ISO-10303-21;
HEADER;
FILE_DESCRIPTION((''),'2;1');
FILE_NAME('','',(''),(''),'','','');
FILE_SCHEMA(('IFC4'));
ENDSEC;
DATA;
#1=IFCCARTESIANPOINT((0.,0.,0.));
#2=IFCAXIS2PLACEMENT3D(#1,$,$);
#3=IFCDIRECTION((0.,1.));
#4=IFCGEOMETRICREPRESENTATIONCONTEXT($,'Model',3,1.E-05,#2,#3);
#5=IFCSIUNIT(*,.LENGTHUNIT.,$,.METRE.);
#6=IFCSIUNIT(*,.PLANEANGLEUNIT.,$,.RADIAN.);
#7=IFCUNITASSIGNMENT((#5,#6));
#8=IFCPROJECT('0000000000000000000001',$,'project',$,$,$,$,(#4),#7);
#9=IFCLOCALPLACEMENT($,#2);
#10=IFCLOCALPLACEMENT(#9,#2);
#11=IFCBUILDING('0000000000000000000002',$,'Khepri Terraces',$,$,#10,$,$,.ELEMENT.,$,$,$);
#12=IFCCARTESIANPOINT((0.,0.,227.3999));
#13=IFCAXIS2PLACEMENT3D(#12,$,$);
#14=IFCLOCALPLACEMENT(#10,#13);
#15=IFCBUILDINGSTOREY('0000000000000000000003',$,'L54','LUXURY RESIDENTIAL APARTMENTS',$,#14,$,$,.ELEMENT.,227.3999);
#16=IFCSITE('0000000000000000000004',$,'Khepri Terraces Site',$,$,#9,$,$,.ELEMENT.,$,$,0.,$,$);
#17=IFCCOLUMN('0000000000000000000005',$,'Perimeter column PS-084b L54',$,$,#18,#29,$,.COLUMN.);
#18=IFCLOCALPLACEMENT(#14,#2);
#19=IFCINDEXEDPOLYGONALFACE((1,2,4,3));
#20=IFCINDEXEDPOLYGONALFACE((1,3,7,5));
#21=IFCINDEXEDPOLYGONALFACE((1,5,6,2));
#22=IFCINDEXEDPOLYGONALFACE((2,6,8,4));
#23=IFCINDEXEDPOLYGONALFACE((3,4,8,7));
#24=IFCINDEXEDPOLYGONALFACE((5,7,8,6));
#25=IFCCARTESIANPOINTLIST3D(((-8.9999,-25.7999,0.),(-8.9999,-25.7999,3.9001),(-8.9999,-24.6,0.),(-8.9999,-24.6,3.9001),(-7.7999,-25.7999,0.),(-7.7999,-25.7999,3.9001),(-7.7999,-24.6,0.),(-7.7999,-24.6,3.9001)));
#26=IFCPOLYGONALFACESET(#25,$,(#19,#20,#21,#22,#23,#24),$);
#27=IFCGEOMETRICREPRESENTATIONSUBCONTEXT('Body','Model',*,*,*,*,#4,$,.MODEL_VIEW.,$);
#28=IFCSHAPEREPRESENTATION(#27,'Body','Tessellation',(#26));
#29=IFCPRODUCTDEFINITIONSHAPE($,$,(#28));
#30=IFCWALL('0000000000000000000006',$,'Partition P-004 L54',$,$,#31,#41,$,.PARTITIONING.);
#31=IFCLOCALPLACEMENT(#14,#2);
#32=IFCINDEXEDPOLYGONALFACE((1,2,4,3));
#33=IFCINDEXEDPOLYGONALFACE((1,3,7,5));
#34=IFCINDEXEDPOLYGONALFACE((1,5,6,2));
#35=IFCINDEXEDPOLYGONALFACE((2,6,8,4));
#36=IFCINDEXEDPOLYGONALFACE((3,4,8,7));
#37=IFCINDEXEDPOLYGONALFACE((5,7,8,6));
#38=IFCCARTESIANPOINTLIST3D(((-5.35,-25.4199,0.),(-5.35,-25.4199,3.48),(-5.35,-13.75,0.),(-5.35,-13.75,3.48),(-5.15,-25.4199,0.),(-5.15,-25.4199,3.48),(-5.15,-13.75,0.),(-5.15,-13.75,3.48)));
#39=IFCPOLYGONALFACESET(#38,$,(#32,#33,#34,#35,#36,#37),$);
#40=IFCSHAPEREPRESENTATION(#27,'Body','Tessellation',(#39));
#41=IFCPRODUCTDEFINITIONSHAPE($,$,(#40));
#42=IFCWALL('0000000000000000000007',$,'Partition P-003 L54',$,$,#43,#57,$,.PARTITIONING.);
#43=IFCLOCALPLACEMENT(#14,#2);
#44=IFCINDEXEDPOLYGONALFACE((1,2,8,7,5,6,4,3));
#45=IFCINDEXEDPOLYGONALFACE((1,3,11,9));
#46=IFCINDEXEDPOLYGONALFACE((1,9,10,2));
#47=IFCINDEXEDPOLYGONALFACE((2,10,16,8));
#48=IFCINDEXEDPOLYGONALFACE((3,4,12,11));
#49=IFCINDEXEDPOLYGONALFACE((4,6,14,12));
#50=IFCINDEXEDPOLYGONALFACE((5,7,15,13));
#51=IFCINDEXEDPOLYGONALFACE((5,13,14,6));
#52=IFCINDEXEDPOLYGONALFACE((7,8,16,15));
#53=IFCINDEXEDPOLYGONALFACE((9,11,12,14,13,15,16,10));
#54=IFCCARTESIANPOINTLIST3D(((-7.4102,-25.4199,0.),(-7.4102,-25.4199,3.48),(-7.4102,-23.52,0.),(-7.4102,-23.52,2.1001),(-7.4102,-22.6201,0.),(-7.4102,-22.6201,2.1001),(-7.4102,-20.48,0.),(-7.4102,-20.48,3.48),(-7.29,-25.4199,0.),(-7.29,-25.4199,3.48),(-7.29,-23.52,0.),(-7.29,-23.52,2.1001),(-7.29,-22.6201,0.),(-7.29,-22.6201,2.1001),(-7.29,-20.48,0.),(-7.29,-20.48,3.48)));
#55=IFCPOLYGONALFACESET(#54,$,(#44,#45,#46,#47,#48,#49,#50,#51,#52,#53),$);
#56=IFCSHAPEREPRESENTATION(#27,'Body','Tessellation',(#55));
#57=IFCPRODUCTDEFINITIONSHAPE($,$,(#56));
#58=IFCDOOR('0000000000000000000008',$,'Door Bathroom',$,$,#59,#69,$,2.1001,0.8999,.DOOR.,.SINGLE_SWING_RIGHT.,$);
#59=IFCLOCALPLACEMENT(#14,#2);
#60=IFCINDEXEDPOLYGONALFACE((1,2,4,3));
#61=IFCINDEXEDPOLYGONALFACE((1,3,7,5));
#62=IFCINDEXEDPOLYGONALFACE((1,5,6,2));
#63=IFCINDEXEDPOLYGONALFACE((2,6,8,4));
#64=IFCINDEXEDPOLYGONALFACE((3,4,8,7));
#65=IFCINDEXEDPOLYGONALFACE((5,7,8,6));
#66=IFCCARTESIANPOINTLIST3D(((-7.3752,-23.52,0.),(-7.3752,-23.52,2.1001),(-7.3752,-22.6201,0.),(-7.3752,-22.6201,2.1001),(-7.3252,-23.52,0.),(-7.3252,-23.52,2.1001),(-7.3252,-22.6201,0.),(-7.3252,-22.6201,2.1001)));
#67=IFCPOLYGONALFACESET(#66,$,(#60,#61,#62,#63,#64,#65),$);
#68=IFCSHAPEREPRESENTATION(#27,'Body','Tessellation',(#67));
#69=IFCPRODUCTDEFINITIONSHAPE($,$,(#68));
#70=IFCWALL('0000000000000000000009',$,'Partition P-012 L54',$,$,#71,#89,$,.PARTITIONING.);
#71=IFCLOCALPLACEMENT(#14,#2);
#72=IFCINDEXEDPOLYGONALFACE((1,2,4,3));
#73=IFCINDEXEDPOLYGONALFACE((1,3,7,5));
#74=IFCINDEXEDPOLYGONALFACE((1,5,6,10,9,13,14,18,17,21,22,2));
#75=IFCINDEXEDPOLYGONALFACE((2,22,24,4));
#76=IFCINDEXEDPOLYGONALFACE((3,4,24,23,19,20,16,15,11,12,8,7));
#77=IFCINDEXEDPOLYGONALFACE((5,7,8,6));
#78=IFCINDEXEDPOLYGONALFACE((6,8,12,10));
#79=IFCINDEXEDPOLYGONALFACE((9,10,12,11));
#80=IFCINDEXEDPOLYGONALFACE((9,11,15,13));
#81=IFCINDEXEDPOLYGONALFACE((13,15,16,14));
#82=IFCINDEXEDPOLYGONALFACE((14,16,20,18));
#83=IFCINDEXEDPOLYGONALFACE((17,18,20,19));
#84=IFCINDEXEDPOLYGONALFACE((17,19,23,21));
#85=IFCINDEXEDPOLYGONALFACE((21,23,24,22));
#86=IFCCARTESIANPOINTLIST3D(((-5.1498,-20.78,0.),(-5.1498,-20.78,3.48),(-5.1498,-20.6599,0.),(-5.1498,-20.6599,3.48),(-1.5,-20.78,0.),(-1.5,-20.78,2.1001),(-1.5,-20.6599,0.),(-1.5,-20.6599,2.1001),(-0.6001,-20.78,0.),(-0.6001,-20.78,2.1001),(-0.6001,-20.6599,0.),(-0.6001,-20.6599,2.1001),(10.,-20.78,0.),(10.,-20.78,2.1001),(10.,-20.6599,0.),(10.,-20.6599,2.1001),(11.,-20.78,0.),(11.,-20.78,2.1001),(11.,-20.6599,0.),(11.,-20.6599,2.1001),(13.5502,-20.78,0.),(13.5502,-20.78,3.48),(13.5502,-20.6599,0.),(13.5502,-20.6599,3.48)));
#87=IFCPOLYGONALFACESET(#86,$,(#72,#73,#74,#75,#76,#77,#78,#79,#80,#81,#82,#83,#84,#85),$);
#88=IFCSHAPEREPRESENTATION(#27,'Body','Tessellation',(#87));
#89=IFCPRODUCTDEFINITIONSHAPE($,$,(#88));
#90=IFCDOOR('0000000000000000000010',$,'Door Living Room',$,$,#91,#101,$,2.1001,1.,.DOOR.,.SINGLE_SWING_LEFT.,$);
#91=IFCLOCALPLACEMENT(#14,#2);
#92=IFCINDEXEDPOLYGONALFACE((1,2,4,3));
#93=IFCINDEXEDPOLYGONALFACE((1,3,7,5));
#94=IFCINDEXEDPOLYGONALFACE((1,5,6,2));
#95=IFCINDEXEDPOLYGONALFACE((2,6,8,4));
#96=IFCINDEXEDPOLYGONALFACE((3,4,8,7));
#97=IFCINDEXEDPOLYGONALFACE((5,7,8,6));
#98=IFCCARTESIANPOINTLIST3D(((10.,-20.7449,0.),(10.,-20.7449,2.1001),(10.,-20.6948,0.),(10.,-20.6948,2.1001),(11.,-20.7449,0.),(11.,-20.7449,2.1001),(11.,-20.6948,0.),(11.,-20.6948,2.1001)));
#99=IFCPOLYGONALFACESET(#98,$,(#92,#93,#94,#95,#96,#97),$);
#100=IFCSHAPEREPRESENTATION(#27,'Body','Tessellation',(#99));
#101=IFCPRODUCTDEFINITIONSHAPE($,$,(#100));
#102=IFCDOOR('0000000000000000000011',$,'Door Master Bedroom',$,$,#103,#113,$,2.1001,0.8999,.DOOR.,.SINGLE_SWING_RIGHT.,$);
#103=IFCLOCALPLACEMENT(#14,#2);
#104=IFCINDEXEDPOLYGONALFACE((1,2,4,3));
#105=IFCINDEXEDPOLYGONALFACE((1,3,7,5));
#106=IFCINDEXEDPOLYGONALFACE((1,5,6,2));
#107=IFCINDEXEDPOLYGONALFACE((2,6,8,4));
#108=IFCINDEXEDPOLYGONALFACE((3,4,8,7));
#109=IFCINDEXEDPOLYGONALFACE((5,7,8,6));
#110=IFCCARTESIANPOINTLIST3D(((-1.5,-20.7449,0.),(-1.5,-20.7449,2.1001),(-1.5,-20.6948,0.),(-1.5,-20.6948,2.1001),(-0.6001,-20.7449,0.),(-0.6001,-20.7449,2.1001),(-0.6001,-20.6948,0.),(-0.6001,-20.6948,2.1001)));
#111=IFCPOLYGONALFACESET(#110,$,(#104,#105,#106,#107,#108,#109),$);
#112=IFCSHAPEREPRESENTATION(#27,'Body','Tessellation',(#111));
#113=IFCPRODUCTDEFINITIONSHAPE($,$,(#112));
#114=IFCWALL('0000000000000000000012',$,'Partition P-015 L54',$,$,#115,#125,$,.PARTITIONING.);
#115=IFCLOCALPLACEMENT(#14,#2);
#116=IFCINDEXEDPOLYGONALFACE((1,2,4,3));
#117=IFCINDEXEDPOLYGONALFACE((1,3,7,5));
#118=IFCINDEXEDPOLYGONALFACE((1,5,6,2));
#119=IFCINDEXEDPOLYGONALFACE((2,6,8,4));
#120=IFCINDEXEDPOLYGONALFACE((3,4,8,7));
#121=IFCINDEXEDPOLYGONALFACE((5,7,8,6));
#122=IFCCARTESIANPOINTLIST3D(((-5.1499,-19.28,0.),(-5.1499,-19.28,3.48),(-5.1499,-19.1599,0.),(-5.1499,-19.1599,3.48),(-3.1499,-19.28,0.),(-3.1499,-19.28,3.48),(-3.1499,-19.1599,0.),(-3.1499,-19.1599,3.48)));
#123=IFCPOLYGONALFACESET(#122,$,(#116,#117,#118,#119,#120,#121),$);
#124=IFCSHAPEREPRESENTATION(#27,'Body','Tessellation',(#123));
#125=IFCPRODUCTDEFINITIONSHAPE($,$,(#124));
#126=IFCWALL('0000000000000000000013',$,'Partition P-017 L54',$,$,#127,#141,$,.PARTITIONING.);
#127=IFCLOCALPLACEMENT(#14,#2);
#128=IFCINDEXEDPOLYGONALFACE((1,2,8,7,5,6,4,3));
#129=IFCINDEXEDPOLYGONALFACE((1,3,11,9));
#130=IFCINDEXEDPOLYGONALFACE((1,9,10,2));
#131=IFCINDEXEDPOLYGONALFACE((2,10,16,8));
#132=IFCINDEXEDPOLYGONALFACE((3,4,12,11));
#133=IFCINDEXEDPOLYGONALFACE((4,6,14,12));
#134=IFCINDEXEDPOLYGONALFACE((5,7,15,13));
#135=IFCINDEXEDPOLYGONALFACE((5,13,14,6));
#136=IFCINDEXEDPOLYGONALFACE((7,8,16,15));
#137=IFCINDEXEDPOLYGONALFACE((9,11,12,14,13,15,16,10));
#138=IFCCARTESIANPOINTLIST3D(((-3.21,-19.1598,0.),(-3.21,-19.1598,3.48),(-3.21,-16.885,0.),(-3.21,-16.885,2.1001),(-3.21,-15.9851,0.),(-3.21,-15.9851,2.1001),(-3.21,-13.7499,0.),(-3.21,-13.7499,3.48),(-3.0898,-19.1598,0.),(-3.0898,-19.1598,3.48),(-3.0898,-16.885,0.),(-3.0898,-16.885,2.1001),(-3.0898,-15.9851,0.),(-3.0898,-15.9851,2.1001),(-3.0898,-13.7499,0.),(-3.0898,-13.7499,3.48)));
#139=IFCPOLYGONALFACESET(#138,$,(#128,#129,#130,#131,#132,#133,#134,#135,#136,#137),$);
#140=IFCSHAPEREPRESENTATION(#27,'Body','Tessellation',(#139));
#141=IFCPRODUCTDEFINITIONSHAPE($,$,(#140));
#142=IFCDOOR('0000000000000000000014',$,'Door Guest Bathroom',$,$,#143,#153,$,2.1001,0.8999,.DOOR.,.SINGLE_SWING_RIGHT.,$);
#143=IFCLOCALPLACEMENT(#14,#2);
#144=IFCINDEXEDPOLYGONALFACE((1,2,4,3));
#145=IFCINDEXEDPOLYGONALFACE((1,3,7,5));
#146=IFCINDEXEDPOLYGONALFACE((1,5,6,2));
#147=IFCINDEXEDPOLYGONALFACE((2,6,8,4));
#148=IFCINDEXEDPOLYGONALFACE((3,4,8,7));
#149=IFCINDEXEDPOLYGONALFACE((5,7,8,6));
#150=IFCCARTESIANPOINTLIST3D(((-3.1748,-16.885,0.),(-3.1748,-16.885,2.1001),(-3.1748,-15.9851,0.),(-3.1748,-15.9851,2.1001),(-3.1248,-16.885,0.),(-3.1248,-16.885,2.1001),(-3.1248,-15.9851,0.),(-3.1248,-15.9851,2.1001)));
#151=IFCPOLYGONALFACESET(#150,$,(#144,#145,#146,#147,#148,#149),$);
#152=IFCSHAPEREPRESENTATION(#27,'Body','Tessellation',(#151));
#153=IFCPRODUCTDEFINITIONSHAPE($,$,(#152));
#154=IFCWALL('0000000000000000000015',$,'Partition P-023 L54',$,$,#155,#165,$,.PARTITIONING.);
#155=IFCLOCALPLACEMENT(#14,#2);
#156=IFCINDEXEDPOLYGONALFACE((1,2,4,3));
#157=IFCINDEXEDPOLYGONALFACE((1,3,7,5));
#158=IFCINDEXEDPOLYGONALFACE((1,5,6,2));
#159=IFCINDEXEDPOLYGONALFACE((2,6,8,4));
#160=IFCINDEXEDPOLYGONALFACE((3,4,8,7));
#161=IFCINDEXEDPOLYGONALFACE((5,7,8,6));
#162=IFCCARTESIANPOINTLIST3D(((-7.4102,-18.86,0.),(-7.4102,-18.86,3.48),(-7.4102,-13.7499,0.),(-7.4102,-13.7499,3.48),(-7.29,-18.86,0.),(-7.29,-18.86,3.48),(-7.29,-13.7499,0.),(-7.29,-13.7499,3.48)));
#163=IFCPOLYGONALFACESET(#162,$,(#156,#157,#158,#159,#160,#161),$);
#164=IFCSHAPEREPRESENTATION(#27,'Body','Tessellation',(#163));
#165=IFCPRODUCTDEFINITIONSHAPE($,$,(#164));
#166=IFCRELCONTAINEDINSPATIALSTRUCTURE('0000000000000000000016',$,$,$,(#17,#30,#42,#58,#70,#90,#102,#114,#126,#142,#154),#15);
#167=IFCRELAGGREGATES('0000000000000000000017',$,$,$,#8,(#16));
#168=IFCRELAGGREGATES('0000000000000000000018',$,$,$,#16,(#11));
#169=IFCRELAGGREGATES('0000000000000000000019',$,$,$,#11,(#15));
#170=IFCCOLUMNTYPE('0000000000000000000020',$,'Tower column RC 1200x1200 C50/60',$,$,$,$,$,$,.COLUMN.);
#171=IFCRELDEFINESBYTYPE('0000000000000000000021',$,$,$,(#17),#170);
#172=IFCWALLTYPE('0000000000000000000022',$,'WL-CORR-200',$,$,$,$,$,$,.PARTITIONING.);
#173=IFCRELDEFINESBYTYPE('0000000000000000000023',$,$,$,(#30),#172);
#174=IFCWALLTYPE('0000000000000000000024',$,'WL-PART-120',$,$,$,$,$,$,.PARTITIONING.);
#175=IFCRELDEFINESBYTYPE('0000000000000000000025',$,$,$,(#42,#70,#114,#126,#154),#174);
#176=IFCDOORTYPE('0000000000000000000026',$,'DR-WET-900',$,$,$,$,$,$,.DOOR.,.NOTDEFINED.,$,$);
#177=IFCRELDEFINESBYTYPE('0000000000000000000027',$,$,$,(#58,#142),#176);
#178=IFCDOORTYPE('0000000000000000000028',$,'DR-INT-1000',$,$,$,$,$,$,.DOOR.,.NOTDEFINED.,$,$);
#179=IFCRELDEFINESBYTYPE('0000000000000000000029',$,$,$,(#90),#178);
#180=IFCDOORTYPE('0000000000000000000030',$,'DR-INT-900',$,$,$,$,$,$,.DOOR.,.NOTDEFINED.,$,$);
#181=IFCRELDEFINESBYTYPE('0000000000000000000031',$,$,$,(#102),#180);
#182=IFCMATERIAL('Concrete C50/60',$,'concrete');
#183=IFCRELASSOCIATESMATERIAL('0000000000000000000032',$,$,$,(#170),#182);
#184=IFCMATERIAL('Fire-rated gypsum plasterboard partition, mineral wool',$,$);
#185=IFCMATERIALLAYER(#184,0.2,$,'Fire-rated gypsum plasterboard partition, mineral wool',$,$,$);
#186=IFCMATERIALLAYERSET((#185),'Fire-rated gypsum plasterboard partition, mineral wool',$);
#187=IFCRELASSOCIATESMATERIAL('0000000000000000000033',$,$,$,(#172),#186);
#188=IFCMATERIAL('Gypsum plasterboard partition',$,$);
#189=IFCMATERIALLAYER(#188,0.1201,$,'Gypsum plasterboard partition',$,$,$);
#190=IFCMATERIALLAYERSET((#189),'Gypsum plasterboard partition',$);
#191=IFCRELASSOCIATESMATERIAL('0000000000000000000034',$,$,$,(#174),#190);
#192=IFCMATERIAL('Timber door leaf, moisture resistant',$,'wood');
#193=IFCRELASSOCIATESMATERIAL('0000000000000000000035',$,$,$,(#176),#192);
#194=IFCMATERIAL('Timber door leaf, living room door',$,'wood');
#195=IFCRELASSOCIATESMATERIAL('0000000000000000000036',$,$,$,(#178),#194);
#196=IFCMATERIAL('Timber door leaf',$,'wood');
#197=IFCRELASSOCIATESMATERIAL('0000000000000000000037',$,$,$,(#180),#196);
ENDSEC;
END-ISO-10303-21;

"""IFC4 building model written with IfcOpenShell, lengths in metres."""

from ifc_helpers import new_model, si_unit, direction, frame, frame_2d, origin, origin_2d, place, context, subcontext, project, spatial, rectangle, extrude, material, layer, layer_set, material_profile, profile_set, type_object, element, fill, save


model = new_model("IFC4")

# Units and contexts
model_context = context("Model", 3, precision=1e-05, world=origin(), true_north=direction((0.0, 1.0)))
body_context = subcontext(model_context, "Body", "Model", "MODEL_VIEW")
ifc_project = project(units=[si_unit("LENGTHUNIT", "METRE"), si_unit("PLANEANGLEUNIT", "RADIAN")], contexts=[model_context])

# Site, building, storey
site_placement = place(None, origin())
site = spatial("IfcSite", under=ifc_project, at=site_placement, Name="Khepri Terraces Site", CompositionType="ELEMENT", RefElevation=0.0)
building_placement = place(site_placement, origin())
building = spatial("IfcBuilding", under=site, at=building_placement, Name="Khepri Terraces", CompositionType="ELEMENT")
storey_placement = place(building_placement, frame((0.0, 0.0, 227.3999)))
storey = spatial("IfcBuildingStorey", under=building, at=storey_placement, Name="L54", Description="LUXURY RESIDENTIAL APARTMENTS", CompositionType="ELEMENT", Elevation=227.3999)

# Column
ifc_material_1 = material(Name="Concrete C50/60", Category="concrete")
ifc_material_profile = material_profile(ifc_material_1, rectangle(XDim=1.2, YDim=1.2, at=origin_2d()), Name="Concrete C50/60", Category="concrete")
ifc_profile_set = profile_set([ifc_material_profile], Name="Concrete C50/60")
column_type = type_object("IfcColumnType", Name="Tower column RC 1200x1200 C50/60", PredefinedType="COLUMN", material=ifc_profile_set)
column_placement = place(storey_placement, frame((-8.3999, -25.2, 0.0), z_axis=(0.0, 0.0, 1.0), x_axis=(1.0, 0.0, 0.0)))
element("IfcColumn", 1, at=column_placement, inside=storey, type_object=column_type, Name="Perimeter column PS-084b L54", PredefinedType="COLUMN", context=body_context, shape_type="SweptSolid", body=[
    extrude(rectangle(XDim=1.2, YDim=1.2, at=origin_2d()), origin(), (0.0, 0.0, 1.0), 3.9001),
])

# Wall
ifc_material_2 = material(Name="Fire-rated gypsum plasterboard partition, mineral wool")
ifc_layer_1 = layer(ifc_material_2, 0.2, Name="Fire-rated gypsum plasterboard partition, mineral wool")
ifc_layer_set_1 = layer_set([ifc_layer_1], Name="Fire-rated gypsum plasterboard partition, mineral wool")
wall_type_1 = type_object("IfcWallType", Name="WL-CORR-200", PredefinedType="PARTITIONING", material=ifc_layer_set_1)
wall_1_placement = place(storey_placement, frame((-5.25, -25.4199, 0.0), z_axis=(0.0, 0.0, 1.0), x_axis=(0.0, 1.0, 0.0)))
element("IfcWall", 2, at=wall_1_placement, inside=storey, type_object=wall_type_1, Name="Partition P-004 L54", PredefinedType="PARTITIONING", context=body_context, shape_type="SweptSolid", body=[
    extrude(rectangle(XDim=11.6699, YDim=0.2, at=frame_2d((5.835, 0.0))), origin(), (0.0, 0.0, 1.0), 3.48),
])

# Wall, opening, door
ifc_material_3 = material(Name="Gypsum plasterboard partition")
ifc_layer_2 = layer(ifc_material_3, 0.1201, Name="Gypsum plasterboard partition")
ifc_layer_set_2 = layer_set([ifc_layer_2], Name="Gypsum plasterboard partition")
wall_type_2 = type_object("IfcWallType", Name="WL-PART-120", PredefinedType="PARTITIONING", material=ifc_layer_set_2)
wall_2_placement = place(storey_placement, frame((-7.3501, -25.4199, 0.0), z_axis=(0.0, 0.0, 1.0), x_axis=(0.0, 1.0, 0.0)))
wall_2 = element("IfcWall", 3, at=wall_2_placement, inside=storey, type_object=wall_type_2, Name="Partition P-003 L54", PredefinedType="PARTITIONING", context=body_context, shape_type="SweptSolid", body=[
    extrude(rectangle(XDim=4.9399, YDim=0.1201, at=frame_2d((2.47, 0.0))), origin(), (0.0, 0.0, 1.0), 3.48),
])
opening_1_placement = place(wall_2_placement, frame((1.8999, 0.0, 0.0)))
opening_1 = element("IfcOpeningElement", 4, at=opening_1_placement, cuts=wall_2, PredefinedType="OPENING", context=body_context, shape_type="SweptSolid", body=[
    extrude(rectangle(XDim=0.8999, YDim=2.1001, at=frame_2d((0.45, 1.05))), frame((0.0, 0.0701, 0.0), z_axis=(0.0, -1.0, 0.0), x_axis=(1.0, 0.0, 0.0)), (0.0, 0.0, 1.0), 0.1401),
])
ifc_material_4 = material(Name="Timber door leaf, moisture resistant", Category="wood")
door_type_1 = type_object("IfcDoorType", Name="DR-WET-900", OperationType="NOTDEFINED", PredefinedType="DOOR", material=ifc_material_4)
door_1_placement = place(opening_1_placement, frame((0.8999, 0.0, 0.0), z_axis=(0.0, 0.0, 1.0), x_axis=(-1.0, 0.0, 0.0)))
door_1 = element("IfcDoor", 5, at=door_1_placement, inside=storey, type_object=door_type_1, Name="Door Bathroom", OperationType="SINGLE_SWING_RIGHT", OverallHeight=2.1001, OverallWidth=0.8999, PredefinedType="DOOR", context=body_context, shape_type="SweptSolid", body=[
    extrude(rectangle(XDim=0.8999, YDim=2.1001, at=frame_2d((0.45, 1.05))), frame((0.0, 0.0249, 0.0), z_axis=(0.0, -1.0, 0.0), x_axis=(1.0, 0.0, 0.0)), (0.0, 0.0, 1.0), 0.05),
])
fill(opening_1, door_1)

# Wall, openings, doors
wall_3_placement = place(storey_placement, frame((-5.1499, -20.72, 0.0), z_axis=(0.0, 0.0, 1.0), x_axis=(1.0, 0.0, 0.0)))
wall_3 = element("IfcWall", 6, at=wall_3_placement, inside=storey, type_object=wall_type_2, Name="Partition P-012 L54", PredefinedType="PARTITIONING", context=body_context, shape_type="SweptSolid", body=[
    extrude(rectangle(XDim=18.7, YDim=0.1201, at=frame_2d((9.3501, 0.0))), origin(), (0.0, 0.0, 1.0), 3.48),
])
opening_2_placement = place(wall_3_placement, frame((3.6499, 0.0, 0.0)))
opening_2 = element("IfcOpeningElement", 7, at=opening_2_placement, cuts=wall_3, PredefinedType="OPENING", context=body_context, shape_type="SweptSolid", body=[
    extrude(rectangle(XDim=0.8999, YDim=2.1001, at=frame_2d((0.45, 1.05))), frame((0.0, 0.0701, 0.0), z_axis=(0.0, -1.0, 0.0), x_axis=(1.0, 0.0, 0.0)), (0.0, 0.0, 1.0), 0.1401),
])
opening_3_placement = place(wall_3_placement, frame((15.1499, 0.0, 0.0)))
opening_3 = element("IfcOpeningElement", 8, at=opening_3_placement, cuts=wall_3, PredefinedType="OPENING", context=body_context, shape_type="SweptSolid", body=[
    extrude(rectangle(XDim=1.0, YDim=2.1001, at=frame_2d((0.5, 1.05))), frame((0.0, 0.0701, 0.0), z_axis=(0.0, -1.0, 0.0), x_axis=(1.0, 0.0, 0.0)), (0.0, 0.0, 1.0), 0.1401),
])
ifc_material_5 = material(Name="Timber door leaf, living room door", Category="wood")
door_type_2 = type_object("IfcDoorType", Name="DR-INT-1000", OperationType="NOTDEFINED", PredefinedType="DOOR", material=ifc_material_5)
door_2_placement = place(opening_3_placement, frame((1.0, 0.0, 0.0), z_axis=(0.0, 0.0, 1.0), x_axis=(-1.0, 0.0, 0.0)))
door_2 = element("IfcDoor", 9, at=door_2_placement, inside=storey, type_object=door_type_2, Name="Door Living Room", OperationType="SINGLE_SWING_LEFT", OverallHeight=2.1001, OverallWidth=1.0, PredefinedType="DOOR", context=body_context, shape_type="SweptSolid", body=[
    extrude(rectangle(XDim=1.0, YDim=2.1001, at=frame_2d((0.5, 1.05))), frame((0.0, 0.0249, 0.0), z_axis=(0.0, -1.0, 0.0), x_axis=(1.0, 0.0, 0.0)), (0.0, 0.0, 1.0), 0.05),
])
fill(opening_3, door_2)
ifc_material_6 = material(Name="Timber door leaf", Category="wood")
door_type_3 = type_object("IfcDoorType", Name="DR-INT-900", OperationType="NOTDEFINED", PredefinedType="DOOR", material=ifc_material_6)
door_3_placement = place(opening_2_placement, frame((0.8999, 0.0, 0.0), z_axis=(0.0, 0.0, 1.0), x_axis=(-1.0, 0.0, 0.0)))
door_3 = element("IfcDoor", 10, at=door_3_placement, inside=storey, type_object=door_type_3, Name="Door Master Bedroom", OperationType="SINGLE_SWING_RIGHT", OverallHeight=2.1001, OverallWidth=0.8999, PredefinedType="DOOR", context=body_context, shape_type="SweptSolid", body=[
    extrude(rectangle(XDim=0.8999, YDim=2.1001, at=frame_2d((0.45, 1.05))), frame((0.0, 0.0249, 0.0), z_axis=(0.0, -1.0, 0.0), x_axis=(1.0, 0.0, 0.0)), (0.0, 0.0, 1.0), 0.05),
])
fill(opening_2, door_3)

# Wall
wall_4_placement = place(storey_placement, frame((-5.1499, -19.22, 0.0), z_axis=(0.0, 0.0, 1.0), x_axis=(1.0, 0.0, 0.0)))
element("IfcWall", 11, at=wall_4_placement, inside=storey, type_object=wall_type_2, Name="Partition P-015 L54", PredefinedType="PARTITIONING", context=body_context, shape_type="SweptSolid", body=[
    extrude(rectangle(XDim=2.0, YDim=0.1201, at=frame_2d((1.0, 0.0))), origin(), (0.0, 0.0, 1.0), 3.48),
])

# Wall, opening, door
wall_5_placement = place(storey_placement, frame((-3.1499, -19.1599, 0.0), z_axis=(0.0, 0.0, 1.0), x_axis=(0.0, 1.0, 0.0)))
wall_5 = element("IfcWall", 12, at=wall_5_placement, inside=storey, type_object=wall_type_2, Name="Partition P-017 L54", PredefinedType="PARTITIONING", context=body_context, shape_type="SweptSolid", body=[
    extrude(rectangle(XDim=5.4099, YDim=0.1201, at=frame_2d((2.7051, 0.0))), origin(), (0.0, 0.0, 1.0), 3.48),
])
opening_4_placement = place(wall_5_placement, frame((2.2749, 0.0, 0.0)))
opening_4 = element("IfcOpeningElement", 13, at=opening_4_placement, cuts=wall_5, PredefinedType="OPENING", context=body_context, shape_type="SweptSolid", body=[
    extrude(rectangle(XDim=0.8999, YDim=2.1001, at=frame_2d((0.45, 1.05))), frame((0.0, 0.0701, 0.0), z_axis=(0.0, -1.0, 0.0), x_axis=(1.0, 0.0, 0.0)), (0.0, 0.0, 1.0), 0.1401),
])
door_4_placement = place(opening_4_placement, origin())
door_4 = element("IfcDoor", 14, at=door_4_placement, inside=storey, type_object=door_type_1, Name="Door Guest Bathroom", OperationType="SINGLE_SWING_RIGHT", OverallHeight=2.1001, OverallWidth=0.8999, PredefinedType="DOOR", context=body_context, shape_type="SweptSolid", body=[
    extrude(rectangle(XDim=0.8999, YDim=2.1001, at=frame_2d((0.45, 1.05))), frame((0.0, 0.0249, 0.0), z_axis=(0.0, -1.0, 0.0), x_axis=(1.0, 0.0, 0.0)), (0.0, 0.0, 1.0), 0.05),
])
fill(opening_4, door_4)

# Wall
wall_6_placement = place(storey_placement, frame((-7.3501, -18.8601, 0.0), z_axis=(0.0, 0.0, 1.0), x_axis=(0.0, 1.0, 0.0)))
element("IfcWall", 15, at=wall_6_placement, inside=storey, type_object=wall_type_2, Name="Partition P-023 L54", PredefinedType="PARTITIONING", context=body_context, shape_type="SweptSolid", body=[
    extrude(rectangle(XDim=5.1101, YDim=0.1201, at=frame_2d((2.5552, 0.0))), origin(), (0.0, 0.0, 1.0), 3.48),
])

save(model, "model.ifc")
